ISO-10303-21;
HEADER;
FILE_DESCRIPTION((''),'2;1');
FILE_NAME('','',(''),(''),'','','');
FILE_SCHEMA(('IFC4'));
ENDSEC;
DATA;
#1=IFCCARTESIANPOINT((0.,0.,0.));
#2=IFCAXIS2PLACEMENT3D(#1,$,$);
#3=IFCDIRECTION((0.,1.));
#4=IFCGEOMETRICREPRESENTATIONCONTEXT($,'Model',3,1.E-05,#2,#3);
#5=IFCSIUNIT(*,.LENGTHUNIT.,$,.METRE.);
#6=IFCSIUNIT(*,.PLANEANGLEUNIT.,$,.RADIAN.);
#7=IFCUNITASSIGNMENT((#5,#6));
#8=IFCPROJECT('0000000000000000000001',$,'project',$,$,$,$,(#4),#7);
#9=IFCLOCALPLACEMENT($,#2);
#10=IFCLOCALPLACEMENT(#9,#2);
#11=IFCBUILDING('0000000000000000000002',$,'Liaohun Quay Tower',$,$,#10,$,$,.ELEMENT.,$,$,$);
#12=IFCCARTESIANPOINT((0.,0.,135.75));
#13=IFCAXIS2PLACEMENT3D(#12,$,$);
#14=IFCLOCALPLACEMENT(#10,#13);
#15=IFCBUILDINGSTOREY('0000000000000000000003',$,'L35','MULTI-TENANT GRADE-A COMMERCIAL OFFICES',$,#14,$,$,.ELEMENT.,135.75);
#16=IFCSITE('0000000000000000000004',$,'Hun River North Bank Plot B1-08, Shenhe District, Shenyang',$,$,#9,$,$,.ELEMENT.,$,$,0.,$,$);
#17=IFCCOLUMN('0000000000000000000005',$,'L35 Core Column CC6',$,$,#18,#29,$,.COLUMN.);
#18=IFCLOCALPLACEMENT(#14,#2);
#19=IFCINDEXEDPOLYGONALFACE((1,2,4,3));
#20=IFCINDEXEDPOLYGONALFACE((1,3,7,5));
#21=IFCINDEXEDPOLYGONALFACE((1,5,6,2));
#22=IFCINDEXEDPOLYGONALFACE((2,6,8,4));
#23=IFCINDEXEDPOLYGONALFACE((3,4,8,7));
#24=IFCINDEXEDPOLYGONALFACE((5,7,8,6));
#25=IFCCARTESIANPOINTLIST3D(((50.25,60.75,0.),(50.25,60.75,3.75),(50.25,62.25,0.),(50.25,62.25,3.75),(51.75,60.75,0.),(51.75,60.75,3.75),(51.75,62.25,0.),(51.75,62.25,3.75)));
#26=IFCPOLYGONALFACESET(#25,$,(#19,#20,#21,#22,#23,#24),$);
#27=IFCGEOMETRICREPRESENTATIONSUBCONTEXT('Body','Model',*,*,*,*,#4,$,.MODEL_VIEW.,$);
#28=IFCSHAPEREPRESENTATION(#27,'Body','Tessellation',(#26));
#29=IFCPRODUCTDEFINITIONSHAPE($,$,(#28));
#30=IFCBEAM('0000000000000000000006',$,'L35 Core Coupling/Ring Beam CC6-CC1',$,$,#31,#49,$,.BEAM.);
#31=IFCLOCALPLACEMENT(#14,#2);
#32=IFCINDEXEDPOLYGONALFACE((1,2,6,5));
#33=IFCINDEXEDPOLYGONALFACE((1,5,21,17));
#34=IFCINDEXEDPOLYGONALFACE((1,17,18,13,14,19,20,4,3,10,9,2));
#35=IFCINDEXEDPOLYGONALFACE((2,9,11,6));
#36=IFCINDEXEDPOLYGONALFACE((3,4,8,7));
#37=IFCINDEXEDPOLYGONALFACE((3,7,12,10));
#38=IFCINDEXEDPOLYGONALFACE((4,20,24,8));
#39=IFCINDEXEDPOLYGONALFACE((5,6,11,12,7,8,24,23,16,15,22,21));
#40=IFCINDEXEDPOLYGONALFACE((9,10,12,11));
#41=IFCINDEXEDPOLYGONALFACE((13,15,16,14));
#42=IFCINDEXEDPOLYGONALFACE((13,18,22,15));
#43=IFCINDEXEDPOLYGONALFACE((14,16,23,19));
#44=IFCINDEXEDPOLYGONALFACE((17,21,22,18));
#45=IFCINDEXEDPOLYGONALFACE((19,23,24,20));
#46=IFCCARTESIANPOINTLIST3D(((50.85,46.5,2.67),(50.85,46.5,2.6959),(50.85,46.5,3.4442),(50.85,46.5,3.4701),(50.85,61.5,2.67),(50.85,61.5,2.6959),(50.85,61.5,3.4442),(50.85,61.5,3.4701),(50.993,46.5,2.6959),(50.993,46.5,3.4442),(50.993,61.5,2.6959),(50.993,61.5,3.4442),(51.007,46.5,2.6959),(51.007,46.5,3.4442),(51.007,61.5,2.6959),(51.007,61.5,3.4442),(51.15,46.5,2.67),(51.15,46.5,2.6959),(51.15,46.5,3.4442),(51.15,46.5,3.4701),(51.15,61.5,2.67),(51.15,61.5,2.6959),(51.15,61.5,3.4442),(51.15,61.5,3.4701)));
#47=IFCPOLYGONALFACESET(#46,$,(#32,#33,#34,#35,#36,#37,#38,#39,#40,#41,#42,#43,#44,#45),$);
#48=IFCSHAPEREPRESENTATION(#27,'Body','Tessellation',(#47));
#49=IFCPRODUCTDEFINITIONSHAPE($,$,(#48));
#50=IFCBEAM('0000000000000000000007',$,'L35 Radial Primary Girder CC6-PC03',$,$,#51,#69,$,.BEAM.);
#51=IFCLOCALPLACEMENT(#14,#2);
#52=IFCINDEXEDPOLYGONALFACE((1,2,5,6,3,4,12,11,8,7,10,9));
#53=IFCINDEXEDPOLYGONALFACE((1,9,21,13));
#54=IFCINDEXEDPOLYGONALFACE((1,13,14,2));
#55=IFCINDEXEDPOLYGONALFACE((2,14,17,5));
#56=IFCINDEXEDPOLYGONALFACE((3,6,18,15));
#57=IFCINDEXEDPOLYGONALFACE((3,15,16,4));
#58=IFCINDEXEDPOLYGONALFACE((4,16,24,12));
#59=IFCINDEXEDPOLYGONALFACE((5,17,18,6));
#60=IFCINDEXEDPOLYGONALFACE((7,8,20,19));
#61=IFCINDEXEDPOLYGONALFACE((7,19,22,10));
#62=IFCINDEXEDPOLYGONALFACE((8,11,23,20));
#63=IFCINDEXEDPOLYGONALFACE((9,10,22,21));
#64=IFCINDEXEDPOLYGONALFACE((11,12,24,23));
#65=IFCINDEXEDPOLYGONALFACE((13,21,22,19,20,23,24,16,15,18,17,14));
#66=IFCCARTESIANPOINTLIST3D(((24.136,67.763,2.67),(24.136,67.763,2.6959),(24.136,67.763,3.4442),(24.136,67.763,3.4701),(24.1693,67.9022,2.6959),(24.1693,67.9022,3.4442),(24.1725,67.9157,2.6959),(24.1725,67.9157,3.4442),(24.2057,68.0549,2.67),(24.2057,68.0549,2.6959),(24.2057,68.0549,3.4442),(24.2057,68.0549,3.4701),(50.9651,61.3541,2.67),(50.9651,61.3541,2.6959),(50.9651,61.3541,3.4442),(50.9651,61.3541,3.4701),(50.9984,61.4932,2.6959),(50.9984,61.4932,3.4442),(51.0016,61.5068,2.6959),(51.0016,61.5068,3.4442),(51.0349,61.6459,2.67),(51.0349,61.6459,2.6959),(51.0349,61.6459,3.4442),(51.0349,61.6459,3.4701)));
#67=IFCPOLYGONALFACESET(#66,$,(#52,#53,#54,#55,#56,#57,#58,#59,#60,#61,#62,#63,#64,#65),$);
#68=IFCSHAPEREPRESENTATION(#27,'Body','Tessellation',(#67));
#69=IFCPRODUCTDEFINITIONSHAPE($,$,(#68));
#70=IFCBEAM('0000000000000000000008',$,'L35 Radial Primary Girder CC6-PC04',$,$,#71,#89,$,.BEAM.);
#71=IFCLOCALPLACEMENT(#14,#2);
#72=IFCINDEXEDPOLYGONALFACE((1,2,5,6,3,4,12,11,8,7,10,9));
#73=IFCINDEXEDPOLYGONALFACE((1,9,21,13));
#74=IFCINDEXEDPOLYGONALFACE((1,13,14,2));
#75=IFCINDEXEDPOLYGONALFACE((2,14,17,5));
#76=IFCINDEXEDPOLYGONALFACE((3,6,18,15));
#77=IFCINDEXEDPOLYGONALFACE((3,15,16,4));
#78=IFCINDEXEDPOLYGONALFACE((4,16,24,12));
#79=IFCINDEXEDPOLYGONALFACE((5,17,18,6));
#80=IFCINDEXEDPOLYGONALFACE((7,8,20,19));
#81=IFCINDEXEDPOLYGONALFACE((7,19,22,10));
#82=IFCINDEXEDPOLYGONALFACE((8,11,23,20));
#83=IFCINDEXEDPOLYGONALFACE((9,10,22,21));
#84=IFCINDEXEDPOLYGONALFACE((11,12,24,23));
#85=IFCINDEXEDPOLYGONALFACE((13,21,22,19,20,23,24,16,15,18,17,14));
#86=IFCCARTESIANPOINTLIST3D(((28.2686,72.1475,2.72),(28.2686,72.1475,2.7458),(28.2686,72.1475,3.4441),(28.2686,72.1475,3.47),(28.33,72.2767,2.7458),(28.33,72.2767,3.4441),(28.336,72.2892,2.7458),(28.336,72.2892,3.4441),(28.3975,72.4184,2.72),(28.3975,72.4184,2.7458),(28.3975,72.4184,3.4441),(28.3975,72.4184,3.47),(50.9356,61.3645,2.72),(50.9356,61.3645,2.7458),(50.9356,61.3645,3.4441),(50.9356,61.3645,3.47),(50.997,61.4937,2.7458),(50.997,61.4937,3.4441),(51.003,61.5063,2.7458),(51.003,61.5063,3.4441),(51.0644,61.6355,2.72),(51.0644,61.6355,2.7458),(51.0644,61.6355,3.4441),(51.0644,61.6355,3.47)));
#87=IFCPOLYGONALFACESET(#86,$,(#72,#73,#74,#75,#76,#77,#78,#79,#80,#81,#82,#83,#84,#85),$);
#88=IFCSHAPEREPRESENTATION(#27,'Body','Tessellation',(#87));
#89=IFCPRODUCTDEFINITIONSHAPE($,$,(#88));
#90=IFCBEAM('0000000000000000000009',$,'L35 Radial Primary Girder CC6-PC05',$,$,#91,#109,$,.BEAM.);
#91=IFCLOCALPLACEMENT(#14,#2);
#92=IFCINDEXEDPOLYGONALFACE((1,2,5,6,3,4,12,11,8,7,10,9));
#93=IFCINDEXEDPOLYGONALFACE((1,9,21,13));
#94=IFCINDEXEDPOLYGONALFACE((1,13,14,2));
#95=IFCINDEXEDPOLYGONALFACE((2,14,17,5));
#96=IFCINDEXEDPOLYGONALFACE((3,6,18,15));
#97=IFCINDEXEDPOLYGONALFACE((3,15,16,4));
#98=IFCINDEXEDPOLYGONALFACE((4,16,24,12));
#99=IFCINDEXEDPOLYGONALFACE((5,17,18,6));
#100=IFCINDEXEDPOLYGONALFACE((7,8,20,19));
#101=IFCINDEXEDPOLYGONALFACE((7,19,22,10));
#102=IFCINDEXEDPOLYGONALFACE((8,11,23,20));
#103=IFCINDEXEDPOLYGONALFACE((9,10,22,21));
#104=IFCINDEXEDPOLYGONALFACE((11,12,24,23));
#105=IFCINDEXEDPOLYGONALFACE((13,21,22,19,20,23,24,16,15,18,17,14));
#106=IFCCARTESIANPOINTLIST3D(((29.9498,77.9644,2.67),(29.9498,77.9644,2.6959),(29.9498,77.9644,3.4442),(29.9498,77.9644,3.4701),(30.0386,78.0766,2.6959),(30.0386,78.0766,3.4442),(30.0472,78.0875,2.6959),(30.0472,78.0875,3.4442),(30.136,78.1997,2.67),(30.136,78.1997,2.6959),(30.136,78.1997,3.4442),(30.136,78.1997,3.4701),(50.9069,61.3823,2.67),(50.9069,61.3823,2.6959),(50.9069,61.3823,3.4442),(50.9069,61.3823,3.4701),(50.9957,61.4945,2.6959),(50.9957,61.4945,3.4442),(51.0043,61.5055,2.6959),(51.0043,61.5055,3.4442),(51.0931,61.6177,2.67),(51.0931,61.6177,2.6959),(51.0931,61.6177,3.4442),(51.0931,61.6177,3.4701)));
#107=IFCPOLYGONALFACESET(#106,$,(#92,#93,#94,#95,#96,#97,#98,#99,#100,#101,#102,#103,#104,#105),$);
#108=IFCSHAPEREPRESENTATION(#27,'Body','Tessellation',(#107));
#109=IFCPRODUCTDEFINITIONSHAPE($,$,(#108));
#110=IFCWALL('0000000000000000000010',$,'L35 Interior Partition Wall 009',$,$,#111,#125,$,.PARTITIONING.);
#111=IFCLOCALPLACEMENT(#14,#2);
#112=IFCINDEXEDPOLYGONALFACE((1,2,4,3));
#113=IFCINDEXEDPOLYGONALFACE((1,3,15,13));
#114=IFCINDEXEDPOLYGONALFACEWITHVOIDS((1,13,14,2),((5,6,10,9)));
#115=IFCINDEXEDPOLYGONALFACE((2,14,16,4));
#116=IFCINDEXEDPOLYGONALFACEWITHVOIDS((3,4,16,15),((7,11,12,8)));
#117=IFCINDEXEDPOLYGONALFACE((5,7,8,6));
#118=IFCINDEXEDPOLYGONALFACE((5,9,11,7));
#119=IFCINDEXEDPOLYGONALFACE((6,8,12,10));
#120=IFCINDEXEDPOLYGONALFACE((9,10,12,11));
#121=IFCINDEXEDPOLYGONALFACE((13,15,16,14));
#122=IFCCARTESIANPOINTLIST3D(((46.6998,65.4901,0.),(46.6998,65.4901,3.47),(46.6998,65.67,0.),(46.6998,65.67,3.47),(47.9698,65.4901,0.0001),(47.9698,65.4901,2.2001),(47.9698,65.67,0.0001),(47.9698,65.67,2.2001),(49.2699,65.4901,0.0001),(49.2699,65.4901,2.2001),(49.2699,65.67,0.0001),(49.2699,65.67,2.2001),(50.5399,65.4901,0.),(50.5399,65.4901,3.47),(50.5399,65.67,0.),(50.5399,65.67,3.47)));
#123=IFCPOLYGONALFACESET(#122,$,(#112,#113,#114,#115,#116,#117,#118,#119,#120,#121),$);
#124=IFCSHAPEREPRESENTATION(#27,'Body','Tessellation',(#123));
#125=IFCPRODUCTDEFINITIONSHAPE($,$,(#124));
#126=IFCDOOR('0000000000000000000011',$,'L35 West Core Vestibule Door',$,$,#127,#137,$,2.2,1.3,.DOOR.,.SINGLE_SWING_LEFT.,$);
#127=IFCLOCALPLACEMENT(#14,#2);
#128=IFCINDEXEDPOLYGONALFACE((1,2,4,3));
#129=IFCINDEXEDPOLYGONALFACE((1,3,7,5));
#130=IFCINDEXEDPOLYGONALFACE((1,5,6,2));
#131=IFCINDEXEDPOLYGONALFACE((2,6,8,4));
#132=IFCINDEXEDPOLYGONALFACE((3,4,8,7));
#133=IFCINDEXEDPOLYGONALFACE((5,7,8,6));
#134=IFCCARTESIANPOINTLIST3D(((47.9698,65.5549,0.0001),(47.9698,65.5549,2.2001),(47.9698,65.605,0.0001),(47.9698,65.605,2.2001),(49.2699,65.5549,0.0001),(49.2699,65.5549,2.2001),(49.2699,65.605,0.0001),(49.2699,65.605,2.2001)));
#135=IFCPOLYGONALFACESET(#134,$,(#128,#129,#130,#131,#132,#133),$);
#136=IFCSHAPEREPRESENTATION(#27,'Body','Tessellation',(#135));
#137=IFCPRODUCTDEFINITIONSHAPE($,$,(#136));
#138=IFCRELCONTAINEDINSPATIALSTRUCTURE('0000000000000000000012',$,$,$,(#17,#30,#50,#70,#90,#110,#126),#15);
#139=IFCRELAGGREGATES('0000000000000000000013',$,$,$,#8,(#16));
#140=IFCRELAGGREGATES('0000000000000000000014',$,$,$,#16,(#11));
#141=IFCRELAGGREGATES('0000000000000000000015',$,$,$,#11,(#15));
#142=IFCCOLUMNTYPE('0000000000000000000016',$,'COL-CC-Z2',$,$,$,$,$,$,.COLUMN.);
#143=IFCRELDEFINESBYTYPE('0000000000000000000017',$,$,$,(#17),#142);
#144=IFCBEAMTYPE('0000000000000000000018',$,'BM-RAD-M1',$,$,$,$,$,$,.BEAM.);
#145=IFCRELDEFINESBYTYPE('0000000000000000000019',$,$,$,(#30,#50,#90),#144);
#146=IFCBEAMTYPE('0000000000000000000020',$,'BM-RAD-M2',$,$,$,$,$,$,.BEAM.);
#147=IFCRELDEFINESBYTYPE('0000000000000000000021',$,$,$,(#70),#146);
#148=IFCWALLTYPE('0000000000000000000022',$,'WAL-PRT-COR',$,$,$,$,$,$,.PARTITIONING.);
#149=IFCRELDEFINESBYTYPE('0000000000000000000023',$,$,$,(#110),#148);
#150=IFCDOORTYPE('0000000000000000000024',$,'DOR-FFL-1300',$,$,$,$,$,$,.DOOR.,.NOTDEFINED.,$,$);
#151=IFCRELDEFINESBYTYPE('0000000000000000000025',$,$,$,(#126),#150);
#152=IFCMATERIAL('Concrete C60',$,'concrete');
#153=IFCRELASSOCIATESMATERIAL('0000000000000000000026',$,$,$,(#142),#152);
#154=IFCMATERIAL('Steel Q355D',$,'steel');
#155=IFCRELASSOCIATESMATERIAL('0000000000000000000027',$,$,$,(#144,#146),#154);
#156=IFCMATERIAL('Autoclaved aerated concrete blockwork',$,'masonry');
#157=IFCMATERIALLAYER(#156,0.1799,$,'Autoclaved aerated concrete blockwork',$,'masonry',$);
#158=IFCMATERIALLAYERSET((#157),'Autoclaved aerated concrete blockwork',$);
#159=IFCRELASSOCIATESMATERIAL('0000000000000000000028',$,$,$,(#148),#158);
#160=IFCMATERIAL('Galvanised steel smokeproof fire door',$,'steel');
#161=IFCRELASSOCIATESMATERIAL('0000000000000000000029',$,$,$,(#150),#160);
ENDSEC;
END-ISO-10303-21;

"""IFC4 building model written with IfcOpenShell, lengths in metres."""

from ifc_helpers import new_model, si_unit, direction, frame, frame_2d, origin, origin_2d, place, context, subcontext, project, spatial, rectangle, i_section, extrude, source, transform, mapped, material, layer, layer_set, material_profile, profile_set, type_object, element, fill, save


model = new_model("IFC4")

# Units and contexts
model_context = context("Model", 3, precision=1e-05, world=origin(), true_north=direction((0.0, 1.0)))
body_context = subcontext(model_context, "Body", "Model", "MODEL_VIEW")
ifc_project = project(units=[si_unit("LENGTHUNIT", "METRE"), si_unit("PLANEANGLEUNIT", "RADIAN")], contexts=[model_context])

# Site, building, storey
site_placement = place(None, origin())
site = spatial("IfcSite", under=ifc_project, at=site_placement, Name="Hun River North Bank Plot B1-08, Shenhe District, Shenyang", CompositionType="ELEMENT", RefElevation=0.0)
building_placement = place(site_placement, origin())
building = spatial("IfcBuilding", under=site, at=building_placement, Name="Liaohun Quay Tower", CompositionType="ELEMENT")
storey_placement = place(building_placement, frame((0.0, 0.0, 135.75)))
storey = spatial("IfcBuildingStorey", under=building, at=storey_placement, Name="L35", Description="MULTI-TENANT GRADE-A COMMERCIAL OFFICES", CompositionType="ELEMENT", Elevation=135.75)

# Column
ifc_material_1 = material(Name="Concrete C60", Category="concrete")
ifc_material_profile_1 = material_profile(ifc_material_1, rectangle(XDim=1.5, YDim=1.5, at=origin_2d()), Name="RC1500x1500")
ifc_profile_set_1 = profile_set([ifc_material_profile_1], Name="Concrete C60")
column_type = type_object("IfcColumnType", Name="COL-CC-Z2", PredefinedType="COLUMN", material=ifc_profile_set_1)
shared_shape_1 = source(origin(), body_context, "Body", "SweptSolid", [
    extrude(rectangle(XDim=1.5, YDim=1.5, at=origin_2d()), origin(), (0.0, 0.0, 1.0), 3.75),
])
column_placement = place(storey_placement, frame((51.0, 61.5, 0.0), z_axis=(0.0, 0.0, 1.0), x_axis=(1.0, 0.0, 0.0)))
element("IfcColumn", 1, at=column_placement, inside=storey, type_object=column_type, Name="L35 Core Column CC6", PredefinedType="COLUMN", context=body_context, shape_type="MappedRepresentation", body=[
    mapped(shared_shape_1, transform((0.0, 0.0, 0.0), x_axis=(1.0, 0.0, 0.0), y_axis=(0.0, 1.0, 0.0), z_axis=(0.0, 0.0, 1.0), scale=1.0)),
])

# Beams
ifc_material_2 = material(Name="Steel Q355D", Category="steel")
ifc_material_profile_2 = material_profile(ifc_material_2, i_section(OverallWidth=0.3, OverallDepth=0.8, WebThickness=0.0139, FlangeThickness=0.0259, at=origin_2d()), Name="HN800x300x14x26")
ifc_profile_set_2 = profile_set([ifc_material_profile_2], Name="Steel Q355D")
beam_type_1 = type_object("IfcBeamType", Name="BM-RAD-M1", PredefinedType="BEAM", material=ifc_profile_set_2)
shared_shape_2 = source(origin(), body_context, "Body", "SweptSolid", [
    extrude(i_section(OverallWidth=0.3, OverallDepth=0.8, WebThickness=0.0139, FlangeThickness=0.0259, at=origin_2d()), origin(), (0.0, 0.0, 1.0), 15.0),
])
beam_1_placement = place(storey_placement, frame((51.0, 61.5, 3.0701), z_axis=(0.0, -1.0, 0.0), x_axis=(1.0, 0.0, 0.0)))
element("IfcBeam", 2, at=beam_1_placement, inside=storey, type_object=beam_type_1, Name="L35 Core Coupling/Ring Beam CC6-CC1", PredefinedType="BEAM", context=body_context, shape_type="MappedRepresentation", body=[
    mapped(shared_shape_2, transform((0.0, 0.0, 0.0), x_axis=(1.0, 0.0, 0.0), y_axis=(0.0, 1.0, 0.0), z_axis=(0.0, 0.0, 1.0), scale=1.0)),
])
shared_shape_3 = source(origin(), body_context, "Body", "SweptSolid", [
    extrude(i_section(OverallWidth=0.3, OverallDepth=0.8, WebThickness=0.0139, FlangeThickness=0.0259, at=origin_2d()), origin(), (0.0, 0.0, 1.0), 27.584),
])
beam_2_placement = place(storey_placement, frame((51.0, 61.5, 3.0701), z_axis=(-0.972634, 0.232343, 0.0), x_axis=(-0.232343, -0.972634, 0.0)))
element("IfcBeam", 3, at=beam_2_placement, inside=storey, type_object=beam_type_1, Name="L35 Radial Primary Girder CC6-PC03", PredefinedType="BEAM", context=body_context, shape_type="MappedRepresentation", body=[
    mapped(shared_shape_3, transform((0.0, 0.0, 0.0), x_axis=(1.0, 0.0, 0.0), y_axis=(0.0, 1.0, 0.0), z_axis=(0.0, 0.0, 1.0), scale=1.0)),
])
ifc_material_profile_3 = material_profile(ifc_material_2, i_section(OverallWidth=0.3, OverallDepth=0.75, WebThickness=0.0139, FlangeThickness=0.0259, at=origin_2d()), Name="HN750x300x14x26")
ifc_profile_set_3 = profile_set([ifc_material_profile_3], Name="Steel Q355D")
beam_type_2 = type_object("IfcBeamType", Name="BM-RAD-M2", PredefinedType="BEAM", material=ifc_profile_set_3)
shared_shape_4 = source(origin(), body_context, "Body", "SweptSolid", [
    extrude(i_section(OverallWidth=0.3, OverallDepth=0.75, WebThickness=0.0139, FlangeThickness=0.0259, at=origin_2d()), origin(), (0.0, 0.0, 1.0), 25.1011),
])
beam_3_placement = place(storey_placement, frame((51.0, 61.5, 3.095), z_axis=(-0.903028, 0.429581, 0.0), x_axis=(-0.429581, -0.903028, 0.0)))
element("IfcBeam", 4, at=beam_3_placement, inside=storey, type_object=beam_type_2, Name="L35 Radial Primary Girder CC6-PC04", PredefinedType="BEAM", context=body_context, shape_type="MappedRepresentation", body=[
    mapped(shared_shape_4, transform((0.0, 0.0, 0.0), x_axis=(1.0, 0.0, 0.0), y_axis=(0.0, 1.0, 0.0), z_axis=(0.0, 0.0, 1.0), scale=1.0)),
])
shared_shape_5 = source(origin(), body_context, "Body", "SweptSolid", [
    extrude(i_section(OverallWidth=0.3, OverallDepth=0.8, WebThickness=0.0139, FlangeThickness=0.0259, at=origin_2d()), origin(), (0.0, 0.0, 1.0), 26.7239),
])
beam_4_placement = place(storey_placement, frame((51.0, 61.5, 3.0701), z_axis=(-0.784209, 0.620497, 0.0), x_axis=(-0.620497, -0.784209, 0.0)))
element("IfcBeam", 5, at=beam_4_placement, inside=storey, type_object=beam_type_1, Name="L35 Radial Primary Girder CC6-PC05", PredefinedType="BEAM", context=body_context, shape_type="MappedRepresentation", body=[
    mapped(shared_shape_5, transform((0.0, 0.0, 0.0), x_axis=(1.0, 0.0, 0.0), y_axis=(0.0, 1.0, 0.0), z_axis=(0.0, 0.0, 1.0), scale=1.0)),
])

# Wall, opening, door
ifc_material_3 = material(Name="Autoclaved aerated concrete blockwork", Category="masonry")
ifc_layer_1 = layer(ifc_material_3, 0.1799, Name="Autoclaved aerated concrete blockwork", Category="masonry")
ifc_layer_set_1 = layer_set([ifc_layer_1], Name="Autoclaved aerated concrete blockwork")
wall_type_1 = type_object("IfcWallType", Name="WAL-PRT-COR", PredefinedType="PARTITIONING", material=ifc_layer_set_1)
wall_1_placement = place(storey_placement, frame((46.7, 65.5801, 0.0), z_axis=(0.0, 0.0, 1.0), x_axis=(1.0, 0.0, 0.0)))
wall_1 = element("IfcWall", 6, at=wall_1_placement, inside=storey, type_object=wall_type_1, Name="L35 Interior Partition Wall 009", PredefinedType="PARTITIONING", context=body_context, shape_type="SweptSolid", body=[
    extrude(rectangle(XDim=3.8401, YDim=0.1799, at=frame_2d((1.9199, 0.0))), origin(), (0.0, 0.0, 1.0), 3.47),
])
shared_shape_6 = source(origin(), body_context, "Body", "SweptSolid", [
    extrude(rectangle(XDim=1.3, YDim=2.2, at=frame_2d((0.6499, 1.1001))), frame((0.0, 0.0999, 0.0), z_axis=(0.0, -1.0, 0.0), x_axis=(1.0, 0.0, 0.0)), (0.0, 0.0, 1.0), 0.2),
])
opening_1_placement = place(wall_1_placement, frame((1.27, 0.0, 0.0)))
opening_1 = element("IfcOpeningElement", 7, at=opening_1_placement, cuts=wall_1, PredefinedType="OPENING", context=body_context, shape_type="MappedRepresentation", body=[
    mapped(shared_shape_6, transform((0.0, 0.0, 0.0), x_axis=(1.0, 0.0, 0.0), y_axis=(0.0, 1.0, 0.0), z_axis=(0.0, 0.0, 1.0), scale=1.0)),
])
ifc_material_4 = material(Name="Galvanised steel smokeproof fire door", Category="steel")
door_type_1 = type_object("IfcDoorType", Name="DOR-FFL-1300", OperationType="NOTDEFINED", PredefinedType="DOOR", material=ifc_material_4)
shared_shape_7 = source(origin(), body_context, "Body", "SweptSolid", [
    extrude(rectangle(XDim=1.3, YDim=2.2, at=frame_2d((0.6499, 1.1001))), frame((0.0, 0.0249, 0.0), z_axis=(0.0, -1.0, 0.0), x_axis=(1.0, 0.0, 0.0)), (0.0, 0.0, 1.0), 0.05),
])
door_1_placement = place(opening_1_placement, origin())
door_1 = element("IfcDoor", 8, at=door_1_placement, inside=storey, type_object=door_type_1, Name="L35 West Core Vestibule Door", OperationType="SINGLE_SWING_LEFT", OverallHeight=2.2, OverallWidth=1.3, PredefinedType="DOOR", context=body_context, shape_type="MappedRepresentation", body=[
    mapped(shared_shape_7, transform((0.0, 0.0, 0.0), x_axis=(1.0, 0.0, 0.0), y_axis=(0.0, 1.0, 0.0), z_axis=(0.0, 0.0, 1.0), scale=1.0)),
])
fill(opening_1, door_1)

save(model, "model.ifc")
